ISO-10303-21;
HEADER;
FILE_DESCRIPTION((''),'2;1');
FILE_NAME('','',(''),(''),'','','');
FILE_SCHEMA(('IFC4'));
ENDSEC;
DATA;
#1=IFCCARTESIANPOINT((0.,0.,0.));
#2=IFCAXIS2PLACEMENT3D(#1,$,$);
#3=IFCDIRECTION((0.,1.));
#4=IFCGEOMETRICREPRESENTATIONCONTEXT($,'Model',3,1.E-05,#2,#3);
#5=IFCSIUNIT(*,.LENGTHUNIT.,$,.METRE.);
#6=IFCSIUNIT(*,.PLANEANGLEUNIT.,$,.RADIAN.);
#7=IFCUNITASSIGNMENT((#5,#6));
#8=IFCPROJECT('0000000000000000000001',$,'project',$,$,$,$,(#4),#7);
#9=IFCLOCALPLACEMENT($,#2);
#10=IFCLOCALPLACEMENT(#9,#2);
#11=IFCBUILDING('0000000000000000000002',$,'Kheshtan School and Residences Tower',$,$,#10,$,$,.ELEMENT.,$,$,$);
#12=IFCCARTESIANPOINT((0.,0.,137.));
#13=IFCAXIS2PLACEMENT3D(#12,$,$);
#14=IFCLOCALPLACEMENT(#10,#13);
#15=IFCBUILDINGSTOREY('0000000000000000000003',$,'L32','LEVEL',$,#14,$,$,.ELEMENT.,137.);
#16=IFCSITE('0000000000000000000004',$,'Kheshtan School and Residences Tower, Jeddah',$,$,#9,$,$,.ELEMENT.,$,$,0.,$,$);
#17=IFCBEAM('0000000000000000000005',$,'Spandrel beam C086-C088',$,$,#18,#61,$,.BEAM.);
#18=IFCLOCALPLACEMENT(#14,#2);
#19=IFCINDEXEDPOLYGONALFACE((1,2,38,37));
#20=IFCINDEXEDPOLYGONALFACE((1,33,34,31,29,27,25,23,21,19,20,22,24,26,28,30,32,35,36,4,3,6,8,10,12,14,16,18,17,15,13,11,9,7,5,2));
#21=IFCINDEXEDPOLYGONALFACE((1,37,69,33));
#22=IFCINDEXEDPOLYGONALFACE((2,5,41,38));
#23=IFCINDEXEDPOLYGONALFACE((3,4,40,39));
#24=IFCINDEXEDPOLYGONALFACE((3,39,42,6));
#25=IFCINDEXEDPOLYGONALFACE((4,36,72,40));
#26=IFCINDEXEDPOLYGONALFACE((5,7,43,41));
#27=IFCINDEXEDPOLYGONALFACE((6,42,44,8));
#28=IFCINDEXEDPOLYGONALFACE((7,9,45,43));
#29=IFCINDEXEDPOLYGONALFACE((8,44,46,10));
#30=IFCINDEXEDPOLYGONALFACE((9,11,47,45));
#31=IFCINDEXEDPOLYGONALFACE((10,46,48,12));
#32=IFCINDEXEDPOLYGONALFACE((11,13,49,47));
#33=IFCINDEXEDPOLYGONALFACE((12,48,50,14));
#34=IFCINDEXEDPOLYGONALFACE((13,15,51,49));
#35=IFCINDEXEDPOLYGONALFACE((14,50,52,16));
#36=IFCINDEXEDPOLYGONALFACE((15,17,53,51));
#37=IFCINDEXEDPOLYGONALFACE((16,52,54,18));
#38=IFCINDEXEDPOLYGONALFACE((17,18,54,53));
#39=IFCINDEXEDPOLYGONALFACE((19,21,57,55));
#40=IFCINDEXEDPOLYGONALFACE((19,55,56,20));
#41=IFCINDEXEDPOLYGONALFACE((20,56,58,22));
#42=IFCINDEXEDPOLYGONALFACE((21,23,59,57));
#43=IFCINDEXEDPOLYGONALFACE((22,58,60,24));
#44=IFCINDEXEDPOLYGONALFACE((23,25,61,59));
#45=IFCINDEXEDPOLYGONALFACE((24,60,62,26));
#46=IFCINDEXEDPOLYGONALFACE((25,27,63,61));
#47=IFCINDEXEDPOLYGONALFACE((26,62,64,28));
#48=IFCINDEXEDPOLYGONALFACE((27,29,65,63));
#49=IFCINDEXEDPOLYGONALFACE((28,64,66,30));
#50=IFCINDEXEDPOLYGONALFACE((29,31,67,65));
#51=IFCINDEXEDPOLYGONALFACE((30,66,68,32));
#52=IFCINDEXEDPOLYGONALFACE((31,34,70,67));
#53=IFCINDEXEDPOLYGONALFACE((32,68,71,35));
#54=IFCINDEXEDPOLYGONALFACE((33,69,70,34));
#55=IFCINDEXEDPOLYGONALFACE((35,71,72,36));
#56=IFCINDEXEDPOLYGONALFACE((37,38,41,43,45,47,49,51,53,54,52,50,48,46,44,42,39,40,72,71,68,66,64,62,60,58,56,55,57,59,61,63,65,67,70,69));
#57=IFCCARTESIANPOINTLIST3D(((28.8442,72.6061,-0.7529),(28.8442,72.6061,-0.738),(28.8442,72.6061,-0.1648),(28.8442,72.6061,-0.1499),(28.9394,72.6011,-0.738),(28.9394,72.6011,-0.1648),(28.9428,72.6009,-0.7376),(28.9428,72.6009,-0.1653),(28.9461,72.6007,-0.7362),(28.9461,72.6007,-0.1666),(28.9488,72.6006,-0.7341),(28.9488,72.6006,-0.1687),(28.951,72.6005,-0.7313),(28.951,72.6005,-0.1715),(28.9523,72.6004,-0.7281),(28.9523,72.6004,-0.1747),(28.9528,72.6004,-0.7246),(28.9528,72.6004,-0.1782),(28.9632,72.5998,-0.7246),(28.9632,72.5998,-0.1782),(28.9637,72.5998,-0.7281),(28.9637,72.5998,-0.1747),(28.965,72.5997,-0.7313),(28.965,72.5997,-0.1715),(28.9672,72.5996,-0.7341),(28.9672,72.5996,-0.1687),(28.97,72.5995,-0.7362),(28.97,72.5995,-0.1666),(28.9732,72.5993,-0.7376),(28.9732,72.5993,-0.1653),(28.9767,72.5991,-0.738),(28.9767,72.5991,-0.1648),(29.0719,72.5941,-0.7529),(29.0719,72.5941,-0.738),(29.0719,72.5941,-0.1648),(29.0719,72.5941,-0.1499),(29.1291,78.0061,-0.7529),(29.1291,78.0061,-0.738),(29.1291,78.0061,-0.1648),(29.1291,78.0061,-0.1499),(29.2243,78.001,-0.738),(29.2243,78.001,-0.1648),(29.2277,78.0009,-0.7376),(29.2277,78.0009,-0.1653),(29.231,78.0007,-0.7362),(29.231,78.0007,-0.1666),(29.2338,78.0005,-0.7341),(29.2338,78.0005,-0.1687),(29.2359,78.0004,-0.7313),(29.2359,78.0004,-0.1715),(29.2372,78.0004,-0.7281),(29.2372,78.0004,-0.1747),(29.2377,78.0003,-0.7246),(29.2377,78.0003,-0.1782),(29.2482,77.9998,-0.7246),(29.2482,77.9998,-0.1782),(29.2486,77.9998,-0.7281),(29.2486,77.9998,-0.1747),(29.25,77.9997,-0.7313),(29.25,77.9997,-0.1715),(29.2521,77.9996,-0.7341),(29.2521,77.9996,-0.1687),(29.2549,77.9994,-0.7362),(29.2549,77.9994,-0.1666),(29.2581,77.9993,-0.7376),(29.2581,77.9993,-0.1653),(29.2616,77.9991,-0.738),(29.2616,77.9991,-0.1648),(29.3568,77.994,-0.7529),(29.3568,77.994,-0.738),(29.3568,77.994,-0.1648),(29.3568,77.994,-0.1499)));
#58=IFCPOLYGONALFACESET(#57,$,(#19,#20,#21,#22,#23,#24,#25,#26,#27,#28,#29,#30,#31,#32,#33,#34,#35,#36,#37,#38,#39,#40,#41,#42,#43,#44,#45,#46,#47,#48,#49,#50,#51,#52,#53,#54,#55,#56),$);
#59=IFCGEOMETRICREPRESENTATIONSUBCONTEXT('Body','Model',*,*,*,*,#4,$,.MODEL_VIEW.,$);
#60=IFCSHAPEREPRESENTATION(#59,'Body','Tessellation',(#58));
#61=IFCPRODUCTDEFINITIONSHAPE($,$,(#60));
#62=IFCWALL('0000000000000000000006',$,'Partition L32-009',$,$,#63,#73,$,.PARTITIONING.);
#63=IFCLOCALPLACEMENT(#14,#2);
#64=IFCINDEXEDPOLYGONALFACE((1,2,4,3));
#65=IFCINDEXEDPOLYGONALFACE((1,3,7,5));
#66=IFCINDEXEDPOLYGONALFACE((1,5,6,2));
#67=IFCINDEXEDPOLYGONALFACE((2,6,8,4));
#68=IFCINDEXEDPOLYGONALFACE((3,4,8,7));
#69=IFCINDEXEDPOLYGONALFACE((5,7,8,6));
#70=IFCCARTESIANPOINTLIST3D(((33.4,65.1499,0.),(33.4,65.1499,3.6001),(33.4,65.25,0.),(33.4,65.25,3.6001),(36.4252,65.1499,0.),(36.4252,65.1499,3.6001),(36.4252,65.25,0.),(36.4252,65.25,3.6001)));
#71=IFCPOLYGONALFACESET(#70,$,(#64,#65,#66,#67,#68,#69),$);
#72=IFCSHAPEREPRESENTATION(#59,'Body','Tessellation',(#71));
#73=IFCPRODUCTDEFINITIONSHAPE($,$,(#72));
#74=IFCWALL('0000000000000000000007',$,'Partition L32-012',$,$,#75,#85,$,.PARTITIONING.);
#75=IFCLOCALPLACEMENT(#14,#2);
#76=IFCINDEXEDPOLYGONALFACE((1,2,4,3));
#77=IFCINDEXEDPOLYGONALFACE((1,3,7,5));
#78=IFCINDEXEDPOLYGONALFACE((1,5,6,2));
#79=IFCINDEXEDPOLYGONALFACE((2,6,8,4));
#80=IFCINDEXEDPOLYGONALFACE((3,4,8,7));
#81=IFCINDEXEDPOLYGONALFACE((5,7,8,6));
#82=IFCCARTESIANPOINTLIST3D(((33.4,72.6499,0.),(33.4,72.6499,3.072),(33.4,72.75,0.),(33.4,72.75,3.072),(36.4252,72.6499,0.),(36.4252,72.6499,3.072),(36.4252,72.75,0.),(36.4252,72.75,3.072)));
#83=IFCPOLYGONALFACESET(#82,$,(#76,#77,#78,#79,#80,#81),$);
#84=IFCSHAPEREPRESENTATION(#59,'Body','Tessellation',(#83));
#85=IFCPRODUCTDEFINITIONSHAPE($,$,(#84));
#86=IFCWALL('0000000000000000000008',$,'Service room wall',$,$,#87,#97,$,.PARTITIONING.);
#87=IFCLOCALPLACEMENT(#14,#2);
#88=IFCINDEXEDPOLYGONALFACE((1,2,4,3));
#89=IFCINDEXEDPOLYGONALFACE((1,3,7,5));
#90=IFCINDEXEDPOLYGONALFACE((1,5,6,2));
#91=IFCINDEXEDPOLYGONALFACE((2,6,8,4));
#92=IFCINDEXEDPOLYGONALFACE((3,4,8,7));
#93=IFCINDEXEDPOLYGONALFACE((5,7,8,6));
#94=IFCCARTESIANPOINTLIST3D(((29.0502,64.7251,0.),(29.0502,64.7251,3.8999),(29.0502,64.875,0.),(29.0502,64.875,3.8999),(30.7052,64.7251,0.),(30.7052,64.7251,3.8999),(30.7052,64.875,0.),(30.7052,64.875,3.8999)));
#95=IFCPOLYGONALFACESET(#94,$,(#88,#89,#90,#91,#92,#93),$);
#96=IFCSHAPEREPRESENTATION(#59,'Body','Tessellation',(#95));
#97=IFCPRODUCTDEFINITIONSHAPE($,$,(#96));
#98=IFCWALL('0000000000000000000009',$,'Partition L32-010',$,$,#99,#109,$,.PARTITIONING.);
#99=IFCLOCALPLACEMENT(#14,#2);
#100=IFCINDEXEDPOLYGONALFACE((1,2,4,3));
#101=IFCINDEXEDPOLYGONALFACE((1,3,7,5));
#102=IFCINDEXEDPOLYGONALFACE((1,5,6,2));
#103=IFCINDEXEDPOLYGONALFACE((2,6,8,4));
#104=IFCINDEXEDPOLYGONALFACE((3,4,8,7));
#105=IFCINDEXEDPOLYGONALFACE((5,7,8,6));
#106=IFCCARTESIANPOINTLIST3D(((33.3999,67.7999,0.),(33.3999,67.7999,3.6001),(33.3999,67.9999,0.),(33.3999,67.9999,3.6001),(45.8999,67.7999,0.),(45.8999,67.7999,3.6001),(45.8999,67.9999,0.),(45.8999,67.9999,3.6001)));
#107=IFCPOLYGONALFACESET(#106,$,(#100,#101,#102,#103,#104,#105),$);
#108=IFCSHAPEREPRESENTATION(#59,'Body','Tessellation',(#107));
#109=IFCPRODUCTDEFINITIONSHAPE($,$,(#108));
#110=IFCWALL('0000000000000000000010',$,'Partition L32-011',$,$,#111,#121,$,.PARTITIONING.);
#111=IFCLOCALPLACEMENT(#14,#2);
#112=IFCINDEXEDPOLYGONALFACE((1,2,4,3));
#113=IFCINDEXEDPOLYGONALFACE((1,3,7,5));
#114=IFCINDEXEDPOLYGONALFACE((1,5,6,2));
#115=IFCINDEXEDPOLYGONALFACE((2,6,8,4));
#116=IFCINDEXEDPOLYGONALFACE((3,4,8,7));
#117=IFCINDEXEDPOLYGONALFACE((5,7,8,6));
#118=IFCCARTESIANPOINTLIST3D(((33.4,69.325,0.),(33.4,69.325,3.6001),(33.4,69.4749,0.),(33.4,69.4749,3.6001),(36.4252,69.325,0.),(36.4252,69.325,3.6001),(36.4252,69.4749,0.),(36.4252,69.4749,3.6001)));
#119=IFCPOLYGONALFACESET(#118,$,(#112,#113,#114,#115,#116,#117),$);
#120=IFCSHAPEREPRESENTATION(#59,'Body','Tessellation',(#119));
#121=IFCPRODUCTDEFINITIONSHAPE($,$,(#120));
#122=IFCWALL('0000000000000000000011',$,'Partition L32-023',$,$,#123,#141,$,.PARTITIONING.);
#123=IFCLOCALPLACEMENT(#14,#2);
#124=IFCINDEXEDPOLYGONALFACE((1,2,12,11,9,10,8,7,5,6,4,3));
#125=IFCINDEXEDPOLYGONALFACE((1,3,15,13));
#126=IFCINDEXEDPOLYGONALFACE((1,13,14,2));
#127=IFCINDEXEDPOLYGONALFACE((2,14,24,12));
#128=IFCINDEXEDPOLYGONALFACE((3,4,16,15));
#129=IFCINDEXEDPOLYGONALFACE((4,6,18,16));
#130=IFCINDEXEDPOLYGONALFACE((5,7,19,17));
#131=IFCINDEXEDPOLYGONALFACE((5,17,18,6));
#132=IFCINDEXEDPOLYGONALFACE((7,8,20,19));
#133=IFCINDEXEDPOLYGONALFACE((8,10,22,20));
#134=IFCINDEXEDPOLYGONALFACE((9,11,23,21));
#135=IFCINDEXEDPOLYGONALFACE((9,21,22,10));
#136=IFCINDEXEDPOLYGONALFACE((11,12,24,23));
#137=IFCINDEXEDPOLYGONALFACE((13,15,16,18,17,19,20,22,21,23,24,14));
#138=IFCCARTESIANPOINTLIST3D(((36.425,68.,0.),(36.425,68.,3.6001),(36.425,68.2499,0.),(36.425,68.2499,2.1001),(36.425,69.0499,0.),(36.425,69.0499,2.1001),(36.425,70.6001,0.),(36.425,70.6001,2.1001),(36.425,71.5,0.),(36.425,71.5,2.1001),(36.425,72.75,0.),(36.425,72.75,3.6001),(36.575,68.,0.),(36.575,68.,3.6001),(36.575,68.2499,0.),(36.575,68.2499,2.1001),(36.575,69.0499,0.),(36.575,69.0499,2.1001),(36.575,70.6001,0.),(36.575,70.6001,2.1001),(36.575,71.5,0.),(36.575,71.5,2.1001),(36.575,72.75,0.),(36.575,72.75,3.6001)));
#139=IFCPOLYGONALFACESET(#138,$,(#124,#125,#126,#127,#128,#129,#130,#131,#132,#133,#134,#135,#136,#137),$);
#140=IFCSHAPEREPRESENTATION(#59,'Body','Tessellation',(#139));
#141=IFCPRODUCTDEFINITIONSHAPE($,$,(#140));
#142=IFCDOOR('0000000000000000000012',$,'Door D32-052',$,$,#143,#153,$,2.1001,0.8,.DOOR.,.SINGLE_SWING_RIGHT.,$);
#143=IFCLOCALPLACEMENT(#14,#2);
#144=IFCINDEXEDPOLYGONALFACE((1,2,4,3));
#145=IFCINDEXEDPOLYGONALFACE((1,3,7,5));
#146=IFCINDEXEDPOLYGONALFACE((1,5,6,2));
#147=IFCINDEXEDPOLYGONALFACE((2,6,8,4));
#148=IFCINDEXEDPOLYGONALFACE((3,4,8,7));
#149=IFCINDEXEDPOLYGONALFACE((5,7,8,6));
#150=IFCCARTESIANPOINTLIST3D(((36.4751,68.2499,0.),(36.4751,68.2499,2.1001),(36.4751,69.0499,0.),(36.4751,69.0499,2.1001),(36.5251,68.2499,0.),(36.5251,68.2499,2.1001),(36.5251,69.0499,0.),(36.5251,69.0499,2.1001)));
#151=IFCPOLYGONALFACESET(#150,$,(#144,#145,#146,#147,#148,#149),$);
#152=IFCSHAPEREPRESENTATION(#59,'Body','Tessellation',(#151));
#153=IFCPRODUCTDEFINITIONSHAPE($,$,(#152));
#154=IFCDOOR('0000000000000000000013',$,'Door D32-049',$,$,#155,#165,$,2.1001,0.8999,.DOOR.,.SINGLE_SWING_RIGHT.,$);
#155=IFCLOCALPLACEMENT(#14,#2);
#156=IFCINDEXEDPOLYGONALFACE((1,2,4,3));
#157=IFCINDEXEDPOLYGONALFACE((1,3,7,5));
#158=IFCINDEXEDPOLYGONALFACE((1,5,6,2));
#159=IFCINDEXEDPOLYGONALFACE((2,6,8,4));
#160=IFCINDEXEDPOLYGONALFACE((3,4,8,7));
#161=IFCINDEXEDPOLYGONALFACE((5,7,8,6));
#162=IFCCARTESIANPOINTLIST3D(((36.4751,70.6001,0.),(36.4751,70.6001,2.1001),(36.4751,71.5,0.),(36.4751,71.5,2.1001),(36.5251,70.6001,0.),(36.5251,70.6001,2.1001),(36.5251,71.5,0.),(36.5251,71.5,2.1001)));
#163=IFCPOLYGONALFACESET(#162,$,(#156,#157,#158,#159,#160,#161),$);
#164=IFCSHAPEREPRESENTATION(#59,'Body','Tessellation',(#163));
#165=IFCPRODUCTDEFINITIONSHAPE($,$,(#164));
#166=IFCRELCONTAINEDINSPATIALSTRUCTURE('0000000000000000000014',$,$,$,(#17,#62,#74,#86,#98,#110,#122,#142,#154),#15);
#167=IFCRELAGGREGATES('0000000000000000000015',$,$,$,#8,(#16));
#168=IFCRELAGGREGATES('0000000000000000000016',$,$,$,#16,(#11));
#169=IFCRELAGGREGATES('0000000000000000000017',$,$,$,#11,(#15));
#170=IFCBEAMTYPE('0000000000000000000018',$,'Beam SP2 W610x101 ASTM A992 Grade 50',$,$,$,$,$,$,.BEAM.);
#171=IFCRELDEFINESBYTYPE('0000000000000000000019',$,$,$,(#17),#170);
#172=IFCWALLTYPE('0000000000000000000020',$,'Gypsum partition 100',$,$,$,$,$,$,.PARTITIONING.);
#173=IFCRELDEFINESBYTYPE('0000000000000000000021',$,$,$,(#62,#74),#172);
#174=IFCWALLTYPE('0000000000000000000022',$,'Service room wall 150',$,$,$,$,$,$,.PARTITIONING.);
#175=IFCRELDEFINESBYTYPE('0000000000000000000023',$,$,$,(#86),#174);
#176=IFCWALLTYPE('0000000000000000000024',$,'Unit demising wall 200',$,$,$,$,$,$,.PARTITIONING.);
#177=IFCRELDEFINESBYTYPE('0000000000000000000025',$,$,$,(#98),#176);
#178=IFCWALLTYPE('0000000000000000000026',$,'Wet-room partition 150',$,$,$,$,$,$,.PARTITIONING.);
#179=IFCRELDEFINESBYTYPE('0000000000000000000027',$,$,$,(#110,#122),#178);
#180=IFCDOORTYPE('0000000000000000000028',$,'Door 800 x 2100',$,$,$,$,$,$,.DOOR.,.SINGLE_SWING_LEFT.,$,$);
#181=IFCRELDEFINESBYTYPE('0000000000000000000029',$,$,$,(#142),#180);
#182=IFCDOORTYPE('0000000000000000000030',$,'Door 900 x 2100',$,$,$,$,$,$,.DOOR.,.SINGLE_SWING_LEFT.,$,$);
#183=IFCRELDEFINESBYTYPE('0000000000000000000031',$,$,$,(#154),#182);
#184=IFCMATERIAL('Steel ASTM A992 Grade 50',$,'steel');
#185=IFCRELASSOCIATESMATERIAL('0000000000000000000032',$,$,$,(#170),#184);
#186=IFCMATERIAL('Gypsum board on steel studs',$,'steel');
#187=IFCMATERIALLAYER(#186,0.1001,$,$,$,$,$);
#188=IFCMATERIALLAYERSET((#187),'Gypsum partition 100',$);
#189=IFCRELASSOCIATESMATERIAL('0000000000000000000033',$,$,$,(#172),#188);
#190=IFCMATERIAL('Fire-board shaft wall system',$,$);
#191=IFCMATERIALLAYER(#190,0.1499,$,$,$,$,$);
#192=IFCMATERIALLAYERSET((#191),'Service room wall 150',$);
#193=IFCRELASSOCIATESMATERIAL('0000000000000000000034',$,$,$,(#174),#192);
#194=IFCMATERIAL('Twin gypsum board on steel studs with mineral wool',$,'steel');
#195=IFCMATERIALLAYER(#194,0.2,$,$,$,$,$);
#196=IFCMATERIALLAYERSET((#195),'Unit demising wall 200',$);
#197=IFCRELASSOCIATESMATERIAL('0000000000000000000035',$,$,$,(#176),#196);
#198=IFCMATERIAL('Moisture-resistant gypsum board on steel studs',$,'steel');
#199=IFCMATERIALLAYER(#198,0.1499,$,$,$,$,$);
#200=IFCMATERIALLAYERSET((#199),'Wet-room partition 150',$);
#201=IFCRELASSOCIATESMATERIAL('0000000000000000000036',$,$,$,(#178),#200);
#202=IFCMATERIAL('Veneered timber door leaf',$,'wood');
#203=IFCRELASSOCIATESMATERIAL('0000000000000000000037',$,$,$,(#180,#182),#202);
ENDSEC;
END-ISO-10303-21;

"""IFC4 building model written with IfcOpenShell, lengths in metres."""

from ifc_helpers import new_model, si_unit, direction, frame, frame_2d, origin, origin_2d, place, context, subcontext, project, spatial, rectangle, i_section, extrude, source, transform, mapped, material, layer, layer_set, material_profile, profile_set, type_object, element, fill, save


model = new_model("IFC4")

# Units and contexts
model_context = context("Model", 3, precision=1e-05, world=origin(), true_north=direction((0.0, 1.0)))
body_context = subcontext(model_context, "Body", "Model", "MODEL_VIEW")
ifc_project = project(units=[si_unit("LENGTHUNIT", "METRE"), si_unit("PLANEANGLEUNIT", "RADIAN")], contexts=[model_context])

# Site, building, storey
site_placement = place(None, origin())
site = spatial("IfcSite", under=ifc_project, at=site_placement, Name="Kheshtan School and Residences Tower, Jeddah", CompositionType="ELEMENT", RefElevation=0.0)
building_placement = place(site_placement, origin())
building = spatial("IfcBuilding", under=site, at=building_placement, Name="Kheshtan School and Residences Tower", CompositionType="ELEMENT")
storey_placement = place(building_placement, frame((0.0, 0.0, 137.0)))
storey = spatial("IfcBuildingStorey", under=building, at=storey_placement, Name="L32", Description="LEVEL", CompositionType="ELEMENT", Elevation=137.0)

# Shared definitions
ifc_material_1 = material(Name="Steel ASTM A992 Grade 50", Category="steel")

# Beam
ifc_material_profile_1 = material_profile(ifc_material_1, i_section(OverallWidth=0.228, OverallDepth=0.603, WebThickness=0.0105, FlangeThickness=0.0149, FilletRadius=0.0134, at=origin_2d()), Name="W610x101")
ifc_profile_set_1 = profile_set([ifc_material_profile_1], Name="Steel ASTM A992 Grade 50")
beam_type_1 = type_object("IfcBeamType", Name="Beam SP2 W610x101 ASTM A992 Grade 50", PredefinedType="BEAM", material=ifc_profile_set_1)
beam_1_placement = place(storey_placement, frame((28.958, 72.6001, -0.4514), z_axis=(0.052689, 0.998611, 0.0), x_axis=(-0.998611, 0.052689, 0.0)))
element("IfcBeam", 1, at=beam_1_placement, inside=storey, type_object=beam_type_1, Name="Spandrel beam C086-C088", PredefinedType="BEAM", context=body_context, shape_type="SweptSolid", body=[
    extrude(i_section(OverallWidth=0.228, OverallDepth=0.603, WebThickness=0.0105, FlangeThickness=0.0149, FilletRadius=0.0134, at=origin_2d()), origin(), (0.0, 0.0, 1.0), 5.4075),
])

# Walls
ifc_material_2 = material(Name="Gypsum board on steel studs", Category="steel")
ifc_layer_1 = layer(ifc_material_2, 0.1001)
ifc_layer_set_1 = layer_set([ifc_layer_1], Name="Gypsum partition 100")
wall_type_1 = type_object("IfcWallType", Name="Gypsum partition 100", PredefinedType="PARTITIONING", material=ifc_layer_set_1)
wall_1_placement = place(storey_placement, frame((33.3999, 65.2, 0.0), z_axis=(0.0, 0.0, 1.0), x_axis=(1.0, 0.0, 0.0)))
element("IfcWall", 2, at=wall_1_placement, inside=storey, type_object=wall_type_1, Name="Partition L32-009", PredefinedType="PARTITIONING", context=body_context, shape_type="SweptSolid", body=[
    extrude(rectangle(XDim=3.0251, YDim=0.1001, at=frame_2d((1.5127, 0.0))), origin(), (0.0, 0.0, 1.0), 3.6001),
])
wall_2_placement = place(storey_placement, frame((33.3999, 72.7, 0.0), z_axis=(0.0, 0.0, 1.0), x_axis=(1.0, 0.0, 0.0)))
element("IfcWall", 3, at=wall_2_placement, inside=storey, type_object=wall_type_1, Name="Partition L32-012", PredefinedType="PARTITIONING", context=body_context, shape_type="SweptSolid", body=[
    extrude(rectangle(XDim=3.0251, YDim=0.1001, at=frame_2d((1.5127, 0.0))), origin(), (0.0, 0.0, 1.0), 3.072),
])
ifc_material_3 = material(Name="Fire-board shaft wall system")
ifc_layer_2 = layer(ifc_material_3, 0.1499)
ifc_layer_set_2 = layer_set([ifc_layer_2], Name="Service room wall 150")
wall_type_2 = type_object("IfcWallType", Name="Service room wall 150", PredefinedType="PARTITIONING", material=ifc_layer_set_2)
wall_3_placement = place(storey_placement, frame((29.05, 64.8, 0.0), z_axis=(0.0, 0.0, 1.0), x_axis=(1.0, 0.0, 0.0)))
element("IfcWall", 4, at=wall_3_placement, inside=storey, type_object=wall_type_2, Name="Service room wall", PredefinedType="PARTITIONING", context=body_context, shape_type="SweptSolid", body=[
    extrude(rectangle(XDim=1.655, YDim=0.1499, at=frame_2d((0.8276, 0.0))), origin(), (0.0, 0.0, 1.0), 3.8999),
])
ifc_material_4 = material(Name="Twin gypsum board on steel studs with mineral wool", Category="steel")
ifc_layer_3 = layer(ifc_material_4, 0.2)
ifc_layer_set_3 = layer_set([ifc_layer_3], Name="Unit demising wall 200")
wall_type_3 = type_object("IfcWallType", Name="Unit demising wall 200", PredefinedType="PARTITIONING", material=ifc_layer_set_3)
wall_4_placement = place(storey_placement, frame((33.3999, 67.8999, 0.0), z_axis=(0.0, 0.0, 1.0), x_axis=(1.0, 0.0, 0.0)))
element("IfcWall", 5, at=wall_4_placement, inside=storey, type_object=wall_type_3, Name="Partition L32-010", PredefinedType="PARTITIONING", context=body_context, shape_type="SweptSolid", body=[
    extrude(rectangle(XDim=12.5, YDim=0.2, at=frame_2d((6.25, 0.0))), origin(), (0.0, 0.0, 1.0), 3.6001),
])
ifc_material_5 = material(Name="Moisture-resistant gypsum board on steel studs", Category="steel")
ifc_layer_4 = layer(ifc_material_5, 0.1499)
ifc_layer_set_4 = layer_set([ifc_layer_4], Name="Wet-room partition 150")
wall_type_4 = type_object("IfcWallType", Name="Wet-room partition 150", PredefinedType="PARTITIONING", material=ifc_layer_set_4)
wall_5_placement = place(storey_placement, frame((33.3999, 69.3999, 0.0), z_axis=(0.0, 0.0, 1.0), x_axis=(1.0, 0.0, 0.0)))
element("IfcWall", 6, at=wall_5_placement, inside=storey, type_object=wall_type_4, Name="Partition L32-011", PredefinedType="PARTITIONING", context=body_context, shape_type="SweptSolid", body=[
    extrude(rectangle(XDim=3.0251, YDim=0.1499, at=frame_2d((1.5127, 0.0))), origin(), (0.0, 0.0, 1.0), 3.6001),
])

# Wall, openings, doors
wall_6_placement = place(storey_placement, frame((36.5, 68.0, 0.0), z_axis=(0.0, 0.0, 1.0), x_axis=(0.0, 1.0, 0.0)))
wall_6 = element("IfcWall", 7, at=wall_6_placement, inside=storey, type_object=wall_type_4, Name="Partition L32-023", PredefinedType="PARTITIONING", context=body_context, shape_type="SweptSolid", body=[
    extrude(rectangle(XDim=4.75, YDim=0.1499, at=frame_2d((2.375, 0.0))), origin(), (0.0, 0.0, 1.0), 3.6001),
])
opening_1_placement = place(wall_6_placement, frame((2.6001, 0.0, 0.0)))
opening_1 = element("IfcOpeningElement", 8, at=opening_1_placement, cuts=wall_6, PredefinedType="OPENING", context=body_context, shape_type="SweptSolid", body=[
    extrude(rectangle(XDim=0.8999, YDim=2.1001, at=frame_2d((0.45, 1.05))), frame((0.0, 0.085, 0.0), z_axis=(0.0, -1.0, 0.0), x_axis=(1.0, 0.0, 0.0)), (0.0, 0.0, 1.0), 0.1699),
])
opening_2_placement = place(wall_6_placement, frame((0.25, 0.0, 0.0)))
opening_2 = element("IfcOpeningElement", 9, at=opening_2_placement, cuts=wall_6, PredefinedType="OPENING", context=body_context, shape_type="SweptSolid", body=[
    extrude(rectangle(XDim=0.8, YDim=2.1001, at=frame_2d((0.3999, 1.05))), frame((0.0, 0.085, 0.0), z_axis=(0.0, -1.0, 0.0), x_axis=(1.0, 0.0, 0.0)), (0.0, 0.0, 1.0), 0.1699),
])
ifc_material_6 = material(Name="Veneered timber door leaf", Category="wood")
door_type_1 = type_object("IfcDoorType", Name="Door 800 x 2100", OperationType="SINGLE_SWING_LEFT", PredefinedType="DOOR", material=ifc_material_6)
shared_shape_1 = source(origin(), body_context, "Body", "SweptSolid", [
    extrude(rectangle(XDim=0.8, YDim=2.1001, at=frame_2d((0.3999, 1.05))), frame((0.0, 0.0249, 0.0), z_axis=(0.0, -1.0, 0.0), x_axis=(1.0, 0.0, 0.0)), (0.0, 0.0, 1.0), 0.05),
])
door_1_placement = place(opening_2_placement, origin())
door_1 = element("IfcDoor", 10, at=door_1_placement, inside=storey, type_object=door_type_1, Name="Door D32-052", OperationType="SINGLE_SWING_RIGHT", OverallHeight=2.1001, OverallWidth=0.8, PredefinedType="DOOR", context=body_context, shape_type="MappedRepresentation", body=[
    mapped(shared_shape_1, transform((0.0, 0.0, 0.0), x_axis=(1.0, 0.0, 0.0), y_axis=(0.0, 1.0, 0.0), z_axis=(0.0, 0.0, 1.0), scale=1.0)),
])
fill(opening_2, door_1)
door_type_2 = type_object("IfcDoorType", Name="Door 900 x 2100", OperationType="SINGLE_SWING_LEFT", PredefinedType="DOOR", material=ifc_material_6)
shared_shape_2 = source(origin(), body_context, "Body", "SweptSolid", [
    extrude(rectangle(XDim=0.8999, YDim=2.1001, at=frame_2d((0.45, 1.05))), frame((0.0, 0.0249, 0.0), z_axis=(0.0, -1.0, 0.0), x_axis=(1.0, 0.0, 0.0)), (0.0, 0.0, 1.0), 0.05),
])
door_2_placement = place(opening_1_placement, origin())
door_2 = element("IfcDoor", 11, at=door_2_placement, inside=storey, type_object=door_type_2, Name="Door D32-049", OperationType="SINGLE_SWING_RIGHT", OverallHeight=2.1001, OverallWidth=0.8999, PredefinedType="DOOR", context=body_context, shape_type="MappedRepresentation", body=[
    mapped(shared_shape_2, transform((0.0, 0.0, 0.0), x_axis=(1.0, 0.0, 0.0), y_axis=(0.0, 1.0, 0.0), z_axis=(0.0, 0.0, 1.0), scale=1.0)),
])
fill(opening_1, door_2)

save(model, "model.ifc")
